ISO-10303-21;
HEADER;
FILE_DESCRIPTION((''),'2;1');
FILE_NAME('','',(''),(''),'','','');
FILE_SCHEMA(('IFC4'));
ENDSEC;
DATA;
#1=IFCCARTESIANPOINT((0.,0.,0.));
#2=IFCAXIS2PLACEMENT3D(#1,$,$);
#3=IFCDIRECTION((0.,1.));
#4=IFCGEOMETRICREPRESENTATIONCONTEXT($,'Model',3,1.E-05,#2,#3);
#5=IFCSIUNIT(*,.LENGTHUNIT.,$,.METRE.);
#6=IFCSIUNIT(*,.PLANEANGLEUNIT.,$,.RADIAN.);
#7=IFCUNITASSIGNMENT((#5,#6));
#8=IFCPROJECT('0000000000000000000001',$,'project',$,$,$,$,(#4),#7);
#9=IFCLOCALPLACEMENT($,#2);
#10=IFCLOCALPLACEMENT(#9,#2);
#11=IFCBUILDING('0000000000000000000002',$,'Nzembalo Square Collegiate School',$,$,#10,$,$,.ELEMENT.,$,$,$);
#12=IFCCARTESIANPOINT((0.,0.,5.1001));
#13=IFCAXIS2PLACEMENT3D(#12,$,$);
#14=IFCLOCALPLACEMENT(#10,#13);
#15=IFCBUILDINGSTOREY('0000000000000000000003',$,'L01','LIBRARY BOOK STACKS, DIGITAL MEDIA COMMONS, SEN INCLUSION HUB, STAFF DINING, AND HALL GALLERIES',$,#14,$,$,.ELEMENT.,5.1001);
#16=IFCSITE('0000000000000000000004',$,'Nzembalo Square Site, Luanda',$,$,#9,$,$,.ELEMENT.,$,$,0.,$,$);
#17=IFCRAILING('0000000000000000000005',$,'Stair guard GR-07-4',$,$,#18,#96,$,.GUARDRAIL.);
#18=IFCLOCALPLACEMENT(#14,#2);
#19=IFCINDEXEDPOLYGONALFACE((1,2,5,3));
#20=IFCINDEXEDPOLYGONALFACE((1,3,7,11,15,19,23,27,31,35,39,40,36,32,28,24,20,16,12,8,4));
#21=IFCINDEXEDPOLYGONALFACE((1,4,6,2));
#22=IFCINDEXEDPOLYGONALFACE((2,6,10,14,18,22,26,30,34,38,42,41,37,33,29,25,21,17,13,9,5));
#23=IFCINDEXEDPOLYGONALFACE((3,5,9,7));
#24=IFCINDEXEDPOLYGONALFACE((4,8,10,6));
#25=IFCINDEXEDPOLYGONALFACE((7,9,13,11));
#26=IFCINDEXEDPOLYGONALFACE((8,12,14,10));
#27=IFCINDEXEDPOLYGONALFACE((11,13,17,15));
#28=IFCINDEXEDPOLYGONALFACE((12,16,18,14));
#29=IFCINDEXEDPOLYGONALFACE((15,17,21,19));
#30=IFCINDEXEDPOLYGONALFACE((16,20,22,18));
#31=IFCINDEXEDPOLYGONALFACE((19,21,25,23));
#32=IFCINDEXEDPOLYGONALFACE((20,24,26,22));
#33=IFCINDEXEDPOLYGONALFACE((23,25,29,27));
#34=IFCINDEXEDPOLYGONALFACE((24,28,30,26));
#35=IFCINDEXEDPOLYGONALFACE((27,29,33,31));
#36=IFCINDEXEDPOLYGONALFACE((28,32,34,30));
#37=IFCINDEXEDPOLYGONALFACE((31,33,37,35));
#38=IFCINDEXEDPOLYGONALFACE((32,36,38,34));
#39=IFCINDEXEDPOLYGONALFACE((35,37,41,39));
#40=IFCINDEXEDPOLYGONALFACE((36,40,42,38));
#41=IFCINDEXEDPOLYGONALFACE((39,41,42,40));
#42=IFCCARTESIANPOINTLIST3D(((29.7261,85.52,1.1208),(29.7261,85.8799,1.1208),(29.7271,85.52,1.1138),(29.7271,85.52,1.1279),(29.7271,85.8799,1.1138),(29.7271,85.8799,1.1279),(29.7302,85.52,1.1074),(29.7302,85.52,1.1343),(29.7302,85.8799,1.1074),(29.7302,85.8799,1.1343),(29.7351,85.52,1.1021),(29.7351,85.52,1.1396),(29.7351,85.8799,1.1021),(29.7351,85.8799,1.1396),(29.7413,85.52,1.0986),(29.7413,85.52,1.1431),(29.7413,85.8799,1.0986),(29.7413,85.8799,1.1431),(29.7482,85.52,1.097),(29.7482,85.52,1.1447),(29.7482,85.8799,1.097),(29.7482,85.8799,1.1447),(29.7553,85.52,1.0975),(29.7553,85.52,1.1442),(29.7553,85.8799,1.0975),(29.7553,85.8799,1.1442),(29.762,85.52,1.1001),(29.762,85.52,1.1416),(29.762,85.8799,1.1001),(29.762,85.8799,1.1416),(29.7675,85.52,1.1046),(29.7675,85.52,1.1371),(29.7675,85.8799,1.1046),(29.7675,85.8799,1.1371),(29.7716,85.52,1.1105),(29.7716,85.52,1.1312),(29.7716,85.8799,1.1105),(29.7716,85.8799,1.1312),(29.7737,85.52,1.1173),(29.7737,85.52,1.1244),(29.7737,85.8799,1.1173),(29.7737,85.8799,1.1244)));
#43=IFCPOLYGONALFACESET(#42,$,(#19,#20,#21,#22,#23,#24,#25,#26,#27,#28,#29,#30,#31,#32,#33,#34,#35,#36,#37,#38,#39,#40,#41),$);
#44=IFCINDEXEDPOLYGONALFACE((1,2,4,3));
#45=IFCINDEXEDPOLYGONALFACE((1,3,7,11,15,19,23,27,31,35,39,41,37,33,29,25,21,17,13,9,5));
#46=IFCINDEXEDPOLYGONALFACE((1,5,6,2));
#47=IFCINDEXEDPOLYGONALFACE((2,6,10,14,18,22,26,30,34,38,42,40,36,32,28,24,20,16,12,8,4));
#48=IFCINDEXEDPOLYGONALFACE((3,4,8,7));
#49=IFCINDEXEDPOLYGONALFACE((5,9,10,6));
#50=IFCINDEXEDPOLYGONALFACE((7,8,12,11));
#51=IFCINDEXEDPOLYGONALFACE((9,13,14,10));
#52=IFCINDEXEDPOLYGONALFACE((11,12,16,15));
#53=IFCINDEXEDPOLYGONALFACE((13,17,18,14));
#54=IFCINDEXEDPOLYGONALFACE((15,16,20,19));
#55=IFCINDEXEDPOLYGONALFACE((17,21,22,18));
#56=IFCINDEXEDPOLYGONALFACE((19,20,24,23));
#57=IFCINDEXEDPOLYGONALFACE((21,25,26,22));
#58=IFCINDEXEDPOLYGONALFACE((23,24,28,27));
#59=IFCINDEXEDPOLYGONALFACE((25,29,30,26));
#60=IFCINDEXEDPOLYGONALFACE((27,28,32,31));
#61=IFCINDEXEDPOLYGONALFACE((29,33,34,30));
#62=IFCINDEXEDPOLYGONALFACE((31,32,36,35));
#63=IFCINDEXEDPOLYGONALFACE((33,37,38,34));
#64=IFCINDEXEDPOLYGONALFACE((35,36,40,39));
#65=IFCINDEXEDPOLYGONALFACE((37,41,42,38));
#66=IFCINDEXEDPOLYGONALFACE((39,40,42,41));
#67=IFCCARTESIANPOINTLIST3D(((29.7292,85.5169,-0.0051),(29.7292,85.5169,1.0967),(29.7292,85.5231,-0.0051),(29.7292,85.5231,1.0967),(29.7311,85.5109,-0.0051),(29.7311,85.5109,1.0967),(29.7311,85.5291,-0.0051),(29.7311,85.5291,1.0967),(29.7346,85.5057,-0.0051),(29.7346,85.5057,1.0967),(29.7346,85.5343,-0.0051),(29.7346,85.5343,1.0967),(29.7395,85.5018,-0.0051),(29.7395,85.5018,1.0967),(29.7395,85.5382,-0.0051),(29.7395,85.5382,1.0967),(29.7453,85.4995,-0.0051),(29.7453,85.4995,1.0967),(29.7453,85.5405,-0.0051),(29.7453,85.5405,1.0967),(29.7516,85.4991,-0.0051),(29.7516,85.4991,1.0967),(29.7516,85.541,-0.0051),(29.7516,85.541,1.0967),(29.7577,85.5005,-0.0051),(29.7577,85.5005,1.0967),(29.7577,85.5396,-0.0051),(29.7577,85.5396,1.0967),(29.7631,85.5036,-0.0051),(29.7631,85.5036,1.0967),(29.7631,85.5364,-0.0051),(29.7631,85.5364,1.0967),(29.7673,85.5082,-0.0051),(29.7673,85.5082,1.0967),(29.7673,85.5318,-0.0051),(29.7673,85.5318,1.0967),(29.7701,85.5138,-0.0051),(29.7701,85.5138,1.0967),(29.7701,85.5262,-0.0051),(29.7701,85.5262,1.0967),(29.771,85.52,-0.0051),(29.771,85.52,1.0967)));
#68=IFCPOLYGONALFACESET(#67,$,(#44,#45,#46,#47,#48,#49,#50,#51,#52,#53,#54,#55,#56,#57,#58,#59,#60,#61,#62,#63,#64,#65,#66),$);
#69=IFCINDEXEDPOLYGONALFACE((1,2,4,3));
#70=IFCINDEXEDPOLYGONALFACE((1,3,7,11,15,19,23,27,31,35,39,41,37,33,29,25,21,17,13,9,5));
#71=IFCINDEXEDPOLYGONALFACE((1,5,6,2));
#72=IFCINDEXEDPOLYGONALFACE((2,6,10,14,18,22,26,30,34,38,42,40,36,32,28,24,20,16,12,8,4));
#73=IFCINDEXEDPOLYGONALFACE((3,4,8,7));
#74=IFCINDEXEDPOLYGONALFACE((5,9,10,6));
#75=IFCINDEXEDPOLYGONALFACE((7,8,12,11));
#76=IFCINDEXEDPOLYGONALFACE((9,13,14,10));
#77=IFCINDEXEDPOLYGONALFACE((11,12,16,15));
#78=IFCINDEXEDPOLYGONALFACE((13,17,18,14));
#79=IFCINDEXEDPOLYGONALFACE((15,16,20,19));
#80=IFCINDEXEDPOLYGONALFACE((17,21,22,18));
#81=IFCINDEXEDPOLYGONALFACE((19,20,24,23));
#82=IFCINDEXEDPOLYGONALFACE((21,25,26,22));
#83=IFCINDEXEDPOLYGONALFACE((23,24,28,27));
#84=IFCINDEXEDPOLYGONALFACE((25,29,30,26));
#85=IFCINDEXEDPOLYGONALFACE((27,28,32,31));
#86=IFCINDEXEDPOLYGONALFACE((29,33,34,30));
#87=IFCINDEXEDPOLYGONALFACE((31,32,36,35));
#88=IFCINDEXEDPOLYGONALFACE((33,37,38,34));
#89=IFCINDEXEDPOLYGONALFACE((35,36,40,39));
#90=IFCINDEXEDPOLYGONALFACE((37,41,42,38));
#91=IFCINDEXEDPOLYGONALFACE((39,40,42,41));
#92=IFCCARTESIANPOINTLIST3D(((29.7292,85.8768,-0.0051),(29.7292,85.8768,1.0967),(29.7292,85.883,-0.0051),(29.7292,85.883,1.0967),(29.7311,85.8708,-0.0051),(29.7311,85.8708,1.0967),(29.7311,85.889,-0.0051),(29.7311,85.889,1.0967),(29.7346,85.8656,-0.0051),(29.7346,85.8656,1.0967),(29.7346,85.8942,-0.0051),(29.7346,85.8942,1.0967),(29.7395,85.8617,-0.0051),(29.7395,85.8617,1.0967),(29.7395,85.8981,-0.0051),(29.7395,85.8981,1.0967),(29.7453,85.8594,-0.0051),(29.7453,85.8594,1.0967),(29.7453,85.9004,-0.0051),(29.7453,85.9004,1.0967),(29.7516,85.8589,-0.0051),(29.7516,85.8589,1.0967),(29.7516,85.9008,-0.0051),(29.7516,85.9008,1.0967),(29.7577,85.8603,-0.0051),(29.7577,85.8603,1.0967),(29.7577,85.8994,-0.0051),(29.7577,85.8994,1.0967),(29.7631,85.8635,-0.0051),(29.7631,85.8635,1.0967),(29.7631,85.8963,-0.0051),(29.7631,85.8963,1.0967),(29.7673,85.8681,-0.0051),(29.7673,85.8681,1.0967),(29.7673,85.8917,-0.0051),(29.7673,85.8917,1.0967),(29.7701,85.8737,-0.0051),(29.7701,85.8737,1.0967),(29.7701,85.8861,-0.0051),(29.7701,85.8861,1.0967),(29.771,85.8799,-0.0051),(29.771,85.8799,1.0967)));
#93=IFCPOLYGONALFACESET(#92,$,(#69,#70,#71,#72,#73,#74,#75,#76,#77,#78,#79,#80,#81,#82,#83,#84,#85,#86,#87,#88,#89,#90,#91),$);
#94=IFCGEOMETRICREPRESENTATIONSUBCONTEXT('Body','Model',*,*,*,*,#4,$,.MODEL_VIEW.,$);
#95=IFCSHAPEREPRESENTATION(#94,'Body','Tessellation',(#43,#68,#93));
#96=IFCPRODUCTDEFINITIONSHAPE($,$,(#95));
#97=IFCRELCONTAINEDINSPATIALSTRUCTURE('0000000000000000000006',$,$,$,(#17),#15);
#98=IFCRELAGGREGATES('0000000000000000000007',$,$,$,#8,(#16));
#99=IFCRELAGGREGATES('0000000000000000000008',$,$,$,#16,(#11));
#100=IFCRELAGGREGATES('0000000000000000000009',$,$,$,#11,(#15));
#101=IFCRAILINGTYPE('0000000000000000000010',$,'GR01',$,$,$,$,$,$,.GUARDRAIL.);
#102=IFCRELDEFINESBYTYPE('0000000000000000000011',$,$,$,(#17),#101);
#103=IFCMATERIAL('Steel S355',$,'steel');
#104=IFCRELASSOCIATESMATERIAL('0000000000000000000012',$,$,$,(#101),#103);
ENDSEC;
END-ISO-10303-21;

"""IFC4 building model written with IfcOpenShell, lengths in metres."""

from ifc_helpers import new_model, si_unit, direction, frame, origin, origin_2d, place, context, subcontext, project, spatial, circle, extrude, material, type_object, element, save


model = new_model("IFC4")

# Units and contexts
model_context = context("Model", 3, precision=1e-05, world=origin(), true_north=direction((0.0, 1.0)))
body_context = subcontext(model_context, "Body", "Model", "MODEL_VIEW")
ifc_project = project(units=[si_unit("LENGTHUNIT", "METRE"), si_unit("PLANEANGLEUNIT", "RADIAN")], contexts=[model_context])

# Site, building, storey
site_placement = place(None, origin())
site = spatial("IfcSite", under=ifc_project, at=site_placement, Name="Nzembalo Square Site, Luanda", CompositionType="ELEMENT", RefElevation=0.0)
building_placement = place(site_placement, origin())
building = spatial("IfcBuilding", under=site, at=building_placement, Name="Nzembalo Square Collegiate School", CompositionType="ELEMENT")
storey_placement = place(building_placement, frame((0.0, 0.0, 5.1001)))
storey = spatial("IfcBuildingStorey", under=building, at=storey_placement, Name="L01", Description="LIBRARY BOOK STACKS, DIGITAL MEDIA COMMONS, SEN INCLUSION HUB, STAFF DINING, AND HALL GALLERIES", CompositionType="ELEMENT", Elevation=5.1001)

# Railing
ifc_material_1 = material(Name="Steel S355", Category="steel")
railing_type_1 = type_object("IfcRailingType", Name="GR01", PredefinedType="GUARDRAIL", material=ifc_material_1)
railing_1_placement = place(storey_placement, frame((29.75, 85.52, -0.0051)))
element("IfcRailing", 1, at=railing_1_placement, inside=storey, type_object=railing_type_1, Name="Stair guard GR-07-4", PredefinedType="GUARDRAIL", context=body_context, shape_type="SweptSolid", body=[
    extrude(circle(Radius=0.0239, at=origin_2d()), frame((0.0, 0.0, 1.126), z_axis=(0.0, 1.0, 0.0), x_axis=(-1.0, 0.0, 0.0)), (0.0, 0.0, 1.0), 0.3599),
    extrude(circle(Radius=0.021, at=origin_2d()), origin(), (0.0, 0.0, 1.0), 1.1018),
    extrude(circle(Radius=0.021, at=origin_2d()), frame((0.0, 0.3599, 0.0)), (0.0, 0.0, 1.0), 1.1018),
])

save(model, "model.ifc")
